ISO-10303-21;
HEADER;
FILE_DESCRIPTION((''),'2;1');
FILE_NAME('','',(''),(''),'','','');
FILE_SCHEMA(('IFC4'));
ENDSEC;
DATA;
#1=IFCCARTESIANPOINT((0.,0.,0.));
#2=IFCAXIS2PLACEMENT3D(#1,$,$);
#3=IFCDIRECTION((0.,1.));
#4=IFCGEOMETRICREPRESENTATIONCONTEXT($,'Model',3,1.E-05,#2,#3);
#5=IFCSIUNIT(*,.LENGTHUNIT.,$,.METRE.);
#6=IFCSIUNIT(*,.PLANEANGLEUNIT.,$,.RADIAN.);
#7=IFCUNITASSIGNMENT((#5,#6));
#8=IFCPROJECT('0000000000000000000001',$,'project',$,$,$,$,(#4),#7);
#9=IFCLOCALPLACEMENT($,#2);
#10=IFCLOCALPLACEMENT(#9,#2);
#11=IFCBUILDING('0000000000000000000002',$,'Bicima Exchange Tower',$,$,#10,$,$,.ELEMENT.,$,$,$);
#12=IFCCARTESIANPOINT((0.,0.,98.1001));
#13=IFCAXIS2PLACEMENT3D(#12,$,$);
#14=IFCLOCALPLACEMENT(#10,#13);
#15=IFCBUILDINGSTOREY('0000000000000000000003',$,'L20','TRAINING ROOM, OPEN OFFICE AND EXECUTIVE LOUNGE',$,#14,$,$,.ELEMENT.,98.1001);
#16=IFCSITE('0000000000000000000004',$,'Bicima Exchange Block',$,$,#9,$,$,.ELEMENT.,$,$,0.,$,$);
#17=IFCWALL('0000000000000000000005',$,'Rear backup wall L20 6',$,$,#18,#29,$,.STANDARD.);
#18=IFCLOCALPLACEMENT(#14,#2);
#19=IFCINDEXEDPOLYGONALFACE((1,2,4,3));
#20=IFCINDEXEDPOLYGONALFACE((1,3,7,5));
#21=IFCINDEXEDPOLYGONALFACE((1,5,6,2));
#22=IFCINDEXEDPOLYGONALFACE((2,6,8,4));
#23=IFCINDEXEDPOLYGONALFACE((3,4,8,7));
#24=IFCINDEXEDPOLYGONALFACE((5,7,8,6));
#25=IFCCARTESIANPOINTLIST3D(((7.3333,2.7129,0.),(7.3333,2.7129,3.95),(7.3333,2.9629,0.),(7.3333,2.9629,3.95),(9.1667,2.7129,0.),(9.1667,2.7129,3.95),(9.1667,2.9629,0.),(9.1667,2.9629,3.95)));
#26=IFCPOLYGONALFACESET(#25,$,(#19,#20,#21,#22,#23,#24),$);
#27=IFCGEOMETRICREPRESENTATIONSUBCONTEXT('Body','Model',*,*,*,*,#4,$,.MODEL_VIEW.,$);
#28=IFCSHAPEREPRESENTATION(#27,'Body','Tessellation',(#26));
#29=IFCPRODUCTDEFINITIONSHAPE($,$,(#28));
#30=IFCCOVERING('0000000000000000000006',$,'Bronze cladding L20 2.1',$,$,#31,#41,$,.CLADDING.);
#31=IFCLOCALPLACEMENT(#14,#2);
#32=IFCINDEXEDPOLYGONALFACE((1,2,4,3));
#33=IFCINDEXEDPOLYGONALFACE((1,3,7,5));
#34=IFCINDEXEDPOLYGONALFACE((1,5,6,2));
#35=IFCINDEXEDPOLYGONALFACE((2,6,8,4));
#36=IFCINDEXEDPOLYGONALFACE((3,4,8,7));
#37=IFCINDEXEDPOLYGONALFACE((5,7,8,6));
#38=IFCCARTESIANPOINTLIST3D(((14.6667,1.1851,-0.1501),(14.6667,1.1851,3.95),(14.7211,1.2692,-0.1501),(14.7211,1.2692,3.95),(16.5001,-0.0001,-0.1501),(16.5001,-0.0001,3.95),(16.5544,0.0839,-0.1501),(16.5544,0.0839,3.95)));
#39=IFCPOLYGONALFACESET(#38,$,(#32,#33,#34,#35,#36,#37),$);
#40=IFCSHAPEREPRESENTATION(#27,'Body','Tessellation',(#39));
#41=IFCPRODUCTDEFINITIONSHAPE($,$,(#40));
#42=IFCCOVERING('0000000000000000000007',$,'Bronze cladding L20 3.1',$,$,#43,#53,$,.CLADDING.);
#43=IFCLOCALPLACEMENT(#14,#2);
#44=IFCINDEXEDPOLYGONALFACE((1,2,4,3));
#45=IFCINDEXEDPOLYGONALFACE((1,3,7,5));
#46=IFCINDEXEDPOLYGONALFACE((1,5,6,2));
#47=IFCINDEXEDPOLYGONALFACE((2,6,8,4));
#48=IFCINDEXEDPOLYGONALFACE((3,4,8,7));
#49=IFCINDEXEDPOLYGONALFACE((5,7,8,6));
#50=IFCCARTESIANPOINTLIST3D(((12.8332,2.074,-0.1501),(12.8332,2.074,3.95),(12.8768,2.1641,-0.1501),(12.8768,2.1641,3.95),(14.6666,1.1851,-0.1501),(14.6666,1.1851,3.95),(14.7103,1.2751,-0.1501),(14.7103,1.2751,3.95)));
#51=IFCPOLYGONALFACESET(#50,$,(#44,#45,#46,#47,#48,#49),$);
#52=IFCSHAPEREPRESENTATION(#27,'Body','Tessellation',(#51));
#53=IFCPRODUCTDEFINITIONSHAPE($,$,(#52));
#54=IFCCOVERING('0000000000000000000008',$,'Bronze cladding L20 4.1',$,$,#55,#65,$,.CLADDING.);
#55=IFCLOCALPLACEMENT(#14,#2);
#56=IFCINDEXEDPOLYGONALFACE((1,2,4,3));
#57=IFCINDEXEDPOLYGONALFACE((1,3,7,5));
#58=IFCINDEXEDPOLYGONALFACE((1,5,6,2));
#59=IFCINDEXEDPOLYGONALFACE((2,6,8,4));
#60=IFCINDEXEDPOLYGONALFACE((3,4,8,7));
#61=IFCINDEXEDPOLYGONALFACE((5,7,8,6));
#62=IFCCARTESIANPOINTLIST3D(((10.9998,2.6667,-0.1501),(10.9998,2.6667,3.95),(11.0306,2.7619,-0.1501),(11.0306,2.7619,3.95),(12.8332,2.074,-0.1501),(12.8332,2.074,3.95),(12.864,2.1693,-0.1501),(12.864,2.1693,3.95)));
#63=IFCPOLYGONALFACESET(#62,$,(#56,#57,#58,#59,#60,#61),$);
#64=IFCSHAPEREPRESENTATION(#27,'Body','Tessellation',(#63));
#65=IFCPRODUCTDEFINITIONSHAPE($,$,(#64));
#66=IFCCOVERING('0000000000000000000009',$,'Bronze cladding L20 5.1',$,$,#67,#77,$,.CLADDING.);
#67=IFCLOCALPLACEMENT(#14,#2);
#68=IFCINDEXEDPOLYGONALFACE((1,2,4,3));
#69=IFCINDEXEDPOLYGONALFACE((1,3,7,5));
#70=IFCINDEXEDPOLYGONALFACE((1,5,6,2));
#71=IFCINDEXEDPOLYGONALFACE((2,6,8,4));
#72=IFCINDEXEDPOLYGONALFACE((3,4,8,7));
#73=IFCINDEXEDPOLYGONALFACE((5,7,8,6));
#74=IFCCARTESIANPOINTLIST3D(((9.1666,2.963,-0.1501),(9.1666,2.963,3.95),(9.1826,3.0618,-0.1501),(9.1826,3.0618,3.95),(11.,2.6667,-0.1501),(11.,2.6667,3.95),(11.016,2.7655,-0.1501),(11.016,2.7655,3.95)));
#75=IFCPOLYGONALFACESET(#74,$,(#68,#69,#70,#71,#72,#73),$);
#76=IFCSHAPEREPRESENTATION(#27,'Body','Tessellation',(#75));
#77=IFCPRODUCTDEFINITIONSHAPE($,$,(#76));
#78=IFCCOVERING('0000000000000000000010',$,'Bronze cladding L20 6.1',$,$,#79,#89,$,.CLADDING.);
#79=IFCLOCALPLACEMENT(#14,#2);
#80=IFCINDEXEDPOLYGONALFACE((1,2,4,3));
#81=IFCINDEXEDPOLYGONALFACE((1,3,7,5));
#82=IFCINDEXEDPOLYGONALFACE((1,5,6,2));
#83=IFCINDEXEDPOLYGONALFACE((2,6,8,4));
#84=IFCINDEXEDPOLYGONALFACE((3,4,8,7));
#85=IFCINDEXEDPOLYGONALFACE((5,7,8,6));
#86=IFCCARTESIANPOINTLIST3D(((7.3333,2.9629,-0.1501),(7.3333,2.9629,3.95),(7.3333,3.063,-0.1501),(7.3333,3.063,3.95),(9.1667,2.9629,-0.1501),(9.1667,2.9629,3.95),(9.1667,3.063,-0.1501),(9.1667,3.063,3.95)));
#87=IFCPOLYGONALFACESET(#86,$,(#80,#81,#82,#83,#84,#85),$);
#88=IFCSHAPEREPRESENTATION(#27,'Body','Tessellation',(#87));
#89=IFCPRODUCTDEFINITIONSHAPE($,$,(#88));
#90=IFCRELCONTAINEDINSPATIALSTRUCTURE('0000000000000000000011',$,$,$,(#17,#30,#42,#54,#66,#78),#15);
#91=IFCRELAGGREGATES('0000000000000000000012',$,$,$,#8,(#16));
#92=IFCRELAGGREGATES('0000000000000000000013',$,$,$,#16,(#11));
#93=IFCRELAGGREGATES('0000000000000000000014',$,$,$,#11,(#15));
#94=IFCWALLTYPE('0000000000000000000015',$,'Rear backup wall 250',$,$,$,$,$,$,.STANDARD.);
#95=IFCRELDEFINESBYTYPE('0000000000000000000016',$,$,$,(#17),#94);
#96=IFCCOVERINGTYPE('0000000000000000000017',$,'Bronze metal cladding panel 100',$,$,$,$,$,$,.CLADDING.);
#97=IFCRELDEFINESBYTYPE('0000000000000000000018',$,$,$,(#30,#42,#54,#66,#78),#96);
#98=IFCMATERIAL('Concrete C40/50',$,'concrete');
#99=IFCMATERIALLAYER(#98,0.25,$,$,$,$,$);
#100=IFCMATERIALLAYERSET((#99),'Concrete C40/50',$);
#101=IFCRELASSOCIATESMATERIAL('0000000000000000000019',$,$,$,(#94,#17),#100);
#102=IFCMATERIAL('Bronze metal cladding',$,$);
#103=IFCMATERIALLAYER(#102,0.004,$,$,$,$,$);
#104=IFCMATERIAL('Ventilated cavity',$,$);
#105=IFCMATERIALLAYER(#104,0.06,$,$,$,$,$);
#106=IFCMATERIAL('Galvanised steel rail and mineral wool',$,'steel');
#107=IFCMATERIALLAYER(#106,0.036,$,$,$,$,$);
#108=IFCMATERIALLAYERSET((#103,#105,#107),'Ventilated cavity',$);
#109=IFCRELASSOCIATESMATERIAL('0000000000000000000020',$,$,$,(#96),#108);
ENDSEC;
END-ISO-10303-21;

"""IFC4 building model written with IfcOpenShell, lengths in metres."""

from ifc_helpers import new_model, si_unit, direction, frame, frame_2d, origin, origin_2d, place, context, subcontext, project, spatial, rectangle, extrude, material, layer, layer_set, layer_usage, type_object, element, save


model = new_model("IFC4")

# Units and contexts
model_context = context("Model", 3, precision=1e-05, world=origin(), true_north=direction((0.0, 1.0)))
body_context = subcontext(model_context, "Body", "Model", "MODEL_VIEW")
ifc_project = project(units=[si_unit("LENGTHUNIT", "METRE"), si_unit("PLANEANGLEUNIT", "RADIAN")], contexts=[model_context])

# Site, building, storey
site_placement = place(None, origin())
site = spatial("IfcSite", under=ifc_project, at=site_placement, Name="Bicima Exchange Block", CompositionType="ELEMENT", RefElevation=0.0)
building_placement = place(site_placement, origin())
building = spatial("IfcBuilding", under=site, at=building_placement, Name="Bicima Exchange Tower", CompositionType="ELEMENT")
storey_placement = place(building_placement, frame((0.0, 0.0, 98.1001)))
storey = spatial("IfcBuildingStorey", under=building, at=storey_placement, Name="L20", Description="TRAINING ROOM, OPEN OFFICE AND EXECUTIVE LOUNGE", CompositionType="ELEMENT", Elevation=98.1001)

# Wall
ifc_material_1 = material(Name="Concrete C40/50", Category="concrete")
ifc_layer_1 = layer(ifc_material_1, 0.25)
ifc_layer_set_1 = layer_set([ifc_layer_1], Name="Concrete C40/50")
ifc_layer_usage = layer_usage(ifc_layer_set_1, "AXIS2", "POSITIVE", -0.125)
wall_type_1 = type_object("IfcWallType", Name="Rear backup wall 250", PredefinedType="STANDARD", material=ifc_layer_set_1)
wall_1_placement = place(storey_placement, frame((9.1667, 2.8379, 0.0), z_axis=(0.0, 0.0, 1.0), x_axis=(-1.0, 0.0, 0.0)))
element("IfcWall", 1, at=wall_1_placement, inside=storey, type_object=wall_type_1, material=ifc_layer_usage, Name="Rear backup wall L20 6", PredefinedType="STANDARD", context=body_context, shape_type="SweptSolid", body=[
    extrude(rectangle(XDim=1.8335, YDim=0.25, at=frame_2d((0.9167, 0.0))), origin(), (0.0, 0.0, 1.0), 3.95),
])

# Coverings
ifc_material_2 = material(Name="Bronze metal cladding")
ifc_layer_2 = layer(ifc_material_2, 0.004)
ifc_material_3 = material(Name="Ventilated cavity")
ifc_layer_3 = layer(ifc_material_3, 0.06)
ifc_material_4 = material(Name="Galvanised steel rail and mineral wool", Category="steel")
ifc_layer_4 = layer(ifc_material_4, 0.036)
ifc_layer_set_2 = layer_set([ifc_layer_2, ifc_layer_3, ifc_layer_4], Name="Ventilated cavity")
covering_type = type_object("IfcCoveringType", Name="Bronze metal cladding panel 100", PredefinedType="CLADDING", material=ifc_layer_set_2)
covering_1_placement = place(storey_placement, frame((15.6106, 0.6345, -0.1501), z_axis=(0.0, 0.0, 1.0), x_axis=(-0.83979, 0.542911, 0.0)))
element("IfcCovering", 2, at=covering_1_placement, inside=storey, type_object=covering_type, Name="Bronze cladding L20 2.1", PredefinedType="CLADDING", context=body_context, shape_type="SweptSolid", body=[
    extrude(rectangle(XDim=2.1831, YDim=0.1001, at=origin_2d()), origin(), (0.0, 0.0, 1.0), 4.1001),
])
covering_2_placement = place(storey_placement, frame((13.7717, 1.6746, -0.1501), z_axis=(0.0, 0.0, 1.0), x_axis=(-0.899818, 0.436265, 0.0)))
element("IfcCovering", 3, at=covering_2_placement, inside=storey, type_object=covering_type, Name="Bronze cladding L20 3.1", PredefinedType="CLADDING", context=body_context, shape_type="SweptSolid", body=[
    extrude(rectangle(XDim=2.0376, YDim=0.1001, at=origin_2d()), origin(), (0.0, 0.0, 1.0), 4.1001),
])
covering_3_placement = place(storey_placement, frame((11.9319, 2.418, -0.1501), z_axis=(0.0, 0.0, 1.0), x_axis=(-0.951525, 0.307573, 0.0)))
element("IfcCovering", 4, at=covering_3_placement, inside=storey, type_object=covering_type, Name="Bronze cladding L20 4.1", PredefinedType="CLADDING", context=body_context, shape_type="SweptSolid", body=[
    extrude(rectangle(XDim=1.9268, YDim=0.1001, at=origin_2d()), origin(), (0.0, 0.0, 1.0), 4.1001),
])
covering_4_placement = place(storey_placement, frame((10.0913, 2.8643, -0.1501), z_axis=(0.0, 0.0, 1.0), x_axis=(-0.98719, 0.15955, 0.0)))
element("IfcCovering", 5, at=covering_4_placement, inside=storey, type_object=covering_type, Name="Bronze cladding L20 5.1", PredefinedType="CLADDING", context=body_context, shape_type="SweptSolid", body=[
    extrude(rectangle(XDim=1.8572, YDim=0.1001, at=origin_2d()), origin(), (0.0, 0.0, 1.0), 4.1001),
])
covering_5_placement = place(storey_placement, frame((8.25, 3.0129, -0.1501), z_axis=(0.0, 0.0, 1.0), x_axis=(-1.0, 0.0, 0.0)))
element("IfcCovering", 6, at=covering_5_placement, inside=storey, type_object=covering_type, Name="Bronze cladding L20 6.1", PredefinedType="CLADDING", context=body_context, shape_type="SweptSolid", body=[
    extrude(rectangle(XDim=1.8335, YDim=0.1001, at=origin_2d()), origin(), (0.0, 0.0, 1.0), 4.1001),
])

save(model, "model.ifc")
